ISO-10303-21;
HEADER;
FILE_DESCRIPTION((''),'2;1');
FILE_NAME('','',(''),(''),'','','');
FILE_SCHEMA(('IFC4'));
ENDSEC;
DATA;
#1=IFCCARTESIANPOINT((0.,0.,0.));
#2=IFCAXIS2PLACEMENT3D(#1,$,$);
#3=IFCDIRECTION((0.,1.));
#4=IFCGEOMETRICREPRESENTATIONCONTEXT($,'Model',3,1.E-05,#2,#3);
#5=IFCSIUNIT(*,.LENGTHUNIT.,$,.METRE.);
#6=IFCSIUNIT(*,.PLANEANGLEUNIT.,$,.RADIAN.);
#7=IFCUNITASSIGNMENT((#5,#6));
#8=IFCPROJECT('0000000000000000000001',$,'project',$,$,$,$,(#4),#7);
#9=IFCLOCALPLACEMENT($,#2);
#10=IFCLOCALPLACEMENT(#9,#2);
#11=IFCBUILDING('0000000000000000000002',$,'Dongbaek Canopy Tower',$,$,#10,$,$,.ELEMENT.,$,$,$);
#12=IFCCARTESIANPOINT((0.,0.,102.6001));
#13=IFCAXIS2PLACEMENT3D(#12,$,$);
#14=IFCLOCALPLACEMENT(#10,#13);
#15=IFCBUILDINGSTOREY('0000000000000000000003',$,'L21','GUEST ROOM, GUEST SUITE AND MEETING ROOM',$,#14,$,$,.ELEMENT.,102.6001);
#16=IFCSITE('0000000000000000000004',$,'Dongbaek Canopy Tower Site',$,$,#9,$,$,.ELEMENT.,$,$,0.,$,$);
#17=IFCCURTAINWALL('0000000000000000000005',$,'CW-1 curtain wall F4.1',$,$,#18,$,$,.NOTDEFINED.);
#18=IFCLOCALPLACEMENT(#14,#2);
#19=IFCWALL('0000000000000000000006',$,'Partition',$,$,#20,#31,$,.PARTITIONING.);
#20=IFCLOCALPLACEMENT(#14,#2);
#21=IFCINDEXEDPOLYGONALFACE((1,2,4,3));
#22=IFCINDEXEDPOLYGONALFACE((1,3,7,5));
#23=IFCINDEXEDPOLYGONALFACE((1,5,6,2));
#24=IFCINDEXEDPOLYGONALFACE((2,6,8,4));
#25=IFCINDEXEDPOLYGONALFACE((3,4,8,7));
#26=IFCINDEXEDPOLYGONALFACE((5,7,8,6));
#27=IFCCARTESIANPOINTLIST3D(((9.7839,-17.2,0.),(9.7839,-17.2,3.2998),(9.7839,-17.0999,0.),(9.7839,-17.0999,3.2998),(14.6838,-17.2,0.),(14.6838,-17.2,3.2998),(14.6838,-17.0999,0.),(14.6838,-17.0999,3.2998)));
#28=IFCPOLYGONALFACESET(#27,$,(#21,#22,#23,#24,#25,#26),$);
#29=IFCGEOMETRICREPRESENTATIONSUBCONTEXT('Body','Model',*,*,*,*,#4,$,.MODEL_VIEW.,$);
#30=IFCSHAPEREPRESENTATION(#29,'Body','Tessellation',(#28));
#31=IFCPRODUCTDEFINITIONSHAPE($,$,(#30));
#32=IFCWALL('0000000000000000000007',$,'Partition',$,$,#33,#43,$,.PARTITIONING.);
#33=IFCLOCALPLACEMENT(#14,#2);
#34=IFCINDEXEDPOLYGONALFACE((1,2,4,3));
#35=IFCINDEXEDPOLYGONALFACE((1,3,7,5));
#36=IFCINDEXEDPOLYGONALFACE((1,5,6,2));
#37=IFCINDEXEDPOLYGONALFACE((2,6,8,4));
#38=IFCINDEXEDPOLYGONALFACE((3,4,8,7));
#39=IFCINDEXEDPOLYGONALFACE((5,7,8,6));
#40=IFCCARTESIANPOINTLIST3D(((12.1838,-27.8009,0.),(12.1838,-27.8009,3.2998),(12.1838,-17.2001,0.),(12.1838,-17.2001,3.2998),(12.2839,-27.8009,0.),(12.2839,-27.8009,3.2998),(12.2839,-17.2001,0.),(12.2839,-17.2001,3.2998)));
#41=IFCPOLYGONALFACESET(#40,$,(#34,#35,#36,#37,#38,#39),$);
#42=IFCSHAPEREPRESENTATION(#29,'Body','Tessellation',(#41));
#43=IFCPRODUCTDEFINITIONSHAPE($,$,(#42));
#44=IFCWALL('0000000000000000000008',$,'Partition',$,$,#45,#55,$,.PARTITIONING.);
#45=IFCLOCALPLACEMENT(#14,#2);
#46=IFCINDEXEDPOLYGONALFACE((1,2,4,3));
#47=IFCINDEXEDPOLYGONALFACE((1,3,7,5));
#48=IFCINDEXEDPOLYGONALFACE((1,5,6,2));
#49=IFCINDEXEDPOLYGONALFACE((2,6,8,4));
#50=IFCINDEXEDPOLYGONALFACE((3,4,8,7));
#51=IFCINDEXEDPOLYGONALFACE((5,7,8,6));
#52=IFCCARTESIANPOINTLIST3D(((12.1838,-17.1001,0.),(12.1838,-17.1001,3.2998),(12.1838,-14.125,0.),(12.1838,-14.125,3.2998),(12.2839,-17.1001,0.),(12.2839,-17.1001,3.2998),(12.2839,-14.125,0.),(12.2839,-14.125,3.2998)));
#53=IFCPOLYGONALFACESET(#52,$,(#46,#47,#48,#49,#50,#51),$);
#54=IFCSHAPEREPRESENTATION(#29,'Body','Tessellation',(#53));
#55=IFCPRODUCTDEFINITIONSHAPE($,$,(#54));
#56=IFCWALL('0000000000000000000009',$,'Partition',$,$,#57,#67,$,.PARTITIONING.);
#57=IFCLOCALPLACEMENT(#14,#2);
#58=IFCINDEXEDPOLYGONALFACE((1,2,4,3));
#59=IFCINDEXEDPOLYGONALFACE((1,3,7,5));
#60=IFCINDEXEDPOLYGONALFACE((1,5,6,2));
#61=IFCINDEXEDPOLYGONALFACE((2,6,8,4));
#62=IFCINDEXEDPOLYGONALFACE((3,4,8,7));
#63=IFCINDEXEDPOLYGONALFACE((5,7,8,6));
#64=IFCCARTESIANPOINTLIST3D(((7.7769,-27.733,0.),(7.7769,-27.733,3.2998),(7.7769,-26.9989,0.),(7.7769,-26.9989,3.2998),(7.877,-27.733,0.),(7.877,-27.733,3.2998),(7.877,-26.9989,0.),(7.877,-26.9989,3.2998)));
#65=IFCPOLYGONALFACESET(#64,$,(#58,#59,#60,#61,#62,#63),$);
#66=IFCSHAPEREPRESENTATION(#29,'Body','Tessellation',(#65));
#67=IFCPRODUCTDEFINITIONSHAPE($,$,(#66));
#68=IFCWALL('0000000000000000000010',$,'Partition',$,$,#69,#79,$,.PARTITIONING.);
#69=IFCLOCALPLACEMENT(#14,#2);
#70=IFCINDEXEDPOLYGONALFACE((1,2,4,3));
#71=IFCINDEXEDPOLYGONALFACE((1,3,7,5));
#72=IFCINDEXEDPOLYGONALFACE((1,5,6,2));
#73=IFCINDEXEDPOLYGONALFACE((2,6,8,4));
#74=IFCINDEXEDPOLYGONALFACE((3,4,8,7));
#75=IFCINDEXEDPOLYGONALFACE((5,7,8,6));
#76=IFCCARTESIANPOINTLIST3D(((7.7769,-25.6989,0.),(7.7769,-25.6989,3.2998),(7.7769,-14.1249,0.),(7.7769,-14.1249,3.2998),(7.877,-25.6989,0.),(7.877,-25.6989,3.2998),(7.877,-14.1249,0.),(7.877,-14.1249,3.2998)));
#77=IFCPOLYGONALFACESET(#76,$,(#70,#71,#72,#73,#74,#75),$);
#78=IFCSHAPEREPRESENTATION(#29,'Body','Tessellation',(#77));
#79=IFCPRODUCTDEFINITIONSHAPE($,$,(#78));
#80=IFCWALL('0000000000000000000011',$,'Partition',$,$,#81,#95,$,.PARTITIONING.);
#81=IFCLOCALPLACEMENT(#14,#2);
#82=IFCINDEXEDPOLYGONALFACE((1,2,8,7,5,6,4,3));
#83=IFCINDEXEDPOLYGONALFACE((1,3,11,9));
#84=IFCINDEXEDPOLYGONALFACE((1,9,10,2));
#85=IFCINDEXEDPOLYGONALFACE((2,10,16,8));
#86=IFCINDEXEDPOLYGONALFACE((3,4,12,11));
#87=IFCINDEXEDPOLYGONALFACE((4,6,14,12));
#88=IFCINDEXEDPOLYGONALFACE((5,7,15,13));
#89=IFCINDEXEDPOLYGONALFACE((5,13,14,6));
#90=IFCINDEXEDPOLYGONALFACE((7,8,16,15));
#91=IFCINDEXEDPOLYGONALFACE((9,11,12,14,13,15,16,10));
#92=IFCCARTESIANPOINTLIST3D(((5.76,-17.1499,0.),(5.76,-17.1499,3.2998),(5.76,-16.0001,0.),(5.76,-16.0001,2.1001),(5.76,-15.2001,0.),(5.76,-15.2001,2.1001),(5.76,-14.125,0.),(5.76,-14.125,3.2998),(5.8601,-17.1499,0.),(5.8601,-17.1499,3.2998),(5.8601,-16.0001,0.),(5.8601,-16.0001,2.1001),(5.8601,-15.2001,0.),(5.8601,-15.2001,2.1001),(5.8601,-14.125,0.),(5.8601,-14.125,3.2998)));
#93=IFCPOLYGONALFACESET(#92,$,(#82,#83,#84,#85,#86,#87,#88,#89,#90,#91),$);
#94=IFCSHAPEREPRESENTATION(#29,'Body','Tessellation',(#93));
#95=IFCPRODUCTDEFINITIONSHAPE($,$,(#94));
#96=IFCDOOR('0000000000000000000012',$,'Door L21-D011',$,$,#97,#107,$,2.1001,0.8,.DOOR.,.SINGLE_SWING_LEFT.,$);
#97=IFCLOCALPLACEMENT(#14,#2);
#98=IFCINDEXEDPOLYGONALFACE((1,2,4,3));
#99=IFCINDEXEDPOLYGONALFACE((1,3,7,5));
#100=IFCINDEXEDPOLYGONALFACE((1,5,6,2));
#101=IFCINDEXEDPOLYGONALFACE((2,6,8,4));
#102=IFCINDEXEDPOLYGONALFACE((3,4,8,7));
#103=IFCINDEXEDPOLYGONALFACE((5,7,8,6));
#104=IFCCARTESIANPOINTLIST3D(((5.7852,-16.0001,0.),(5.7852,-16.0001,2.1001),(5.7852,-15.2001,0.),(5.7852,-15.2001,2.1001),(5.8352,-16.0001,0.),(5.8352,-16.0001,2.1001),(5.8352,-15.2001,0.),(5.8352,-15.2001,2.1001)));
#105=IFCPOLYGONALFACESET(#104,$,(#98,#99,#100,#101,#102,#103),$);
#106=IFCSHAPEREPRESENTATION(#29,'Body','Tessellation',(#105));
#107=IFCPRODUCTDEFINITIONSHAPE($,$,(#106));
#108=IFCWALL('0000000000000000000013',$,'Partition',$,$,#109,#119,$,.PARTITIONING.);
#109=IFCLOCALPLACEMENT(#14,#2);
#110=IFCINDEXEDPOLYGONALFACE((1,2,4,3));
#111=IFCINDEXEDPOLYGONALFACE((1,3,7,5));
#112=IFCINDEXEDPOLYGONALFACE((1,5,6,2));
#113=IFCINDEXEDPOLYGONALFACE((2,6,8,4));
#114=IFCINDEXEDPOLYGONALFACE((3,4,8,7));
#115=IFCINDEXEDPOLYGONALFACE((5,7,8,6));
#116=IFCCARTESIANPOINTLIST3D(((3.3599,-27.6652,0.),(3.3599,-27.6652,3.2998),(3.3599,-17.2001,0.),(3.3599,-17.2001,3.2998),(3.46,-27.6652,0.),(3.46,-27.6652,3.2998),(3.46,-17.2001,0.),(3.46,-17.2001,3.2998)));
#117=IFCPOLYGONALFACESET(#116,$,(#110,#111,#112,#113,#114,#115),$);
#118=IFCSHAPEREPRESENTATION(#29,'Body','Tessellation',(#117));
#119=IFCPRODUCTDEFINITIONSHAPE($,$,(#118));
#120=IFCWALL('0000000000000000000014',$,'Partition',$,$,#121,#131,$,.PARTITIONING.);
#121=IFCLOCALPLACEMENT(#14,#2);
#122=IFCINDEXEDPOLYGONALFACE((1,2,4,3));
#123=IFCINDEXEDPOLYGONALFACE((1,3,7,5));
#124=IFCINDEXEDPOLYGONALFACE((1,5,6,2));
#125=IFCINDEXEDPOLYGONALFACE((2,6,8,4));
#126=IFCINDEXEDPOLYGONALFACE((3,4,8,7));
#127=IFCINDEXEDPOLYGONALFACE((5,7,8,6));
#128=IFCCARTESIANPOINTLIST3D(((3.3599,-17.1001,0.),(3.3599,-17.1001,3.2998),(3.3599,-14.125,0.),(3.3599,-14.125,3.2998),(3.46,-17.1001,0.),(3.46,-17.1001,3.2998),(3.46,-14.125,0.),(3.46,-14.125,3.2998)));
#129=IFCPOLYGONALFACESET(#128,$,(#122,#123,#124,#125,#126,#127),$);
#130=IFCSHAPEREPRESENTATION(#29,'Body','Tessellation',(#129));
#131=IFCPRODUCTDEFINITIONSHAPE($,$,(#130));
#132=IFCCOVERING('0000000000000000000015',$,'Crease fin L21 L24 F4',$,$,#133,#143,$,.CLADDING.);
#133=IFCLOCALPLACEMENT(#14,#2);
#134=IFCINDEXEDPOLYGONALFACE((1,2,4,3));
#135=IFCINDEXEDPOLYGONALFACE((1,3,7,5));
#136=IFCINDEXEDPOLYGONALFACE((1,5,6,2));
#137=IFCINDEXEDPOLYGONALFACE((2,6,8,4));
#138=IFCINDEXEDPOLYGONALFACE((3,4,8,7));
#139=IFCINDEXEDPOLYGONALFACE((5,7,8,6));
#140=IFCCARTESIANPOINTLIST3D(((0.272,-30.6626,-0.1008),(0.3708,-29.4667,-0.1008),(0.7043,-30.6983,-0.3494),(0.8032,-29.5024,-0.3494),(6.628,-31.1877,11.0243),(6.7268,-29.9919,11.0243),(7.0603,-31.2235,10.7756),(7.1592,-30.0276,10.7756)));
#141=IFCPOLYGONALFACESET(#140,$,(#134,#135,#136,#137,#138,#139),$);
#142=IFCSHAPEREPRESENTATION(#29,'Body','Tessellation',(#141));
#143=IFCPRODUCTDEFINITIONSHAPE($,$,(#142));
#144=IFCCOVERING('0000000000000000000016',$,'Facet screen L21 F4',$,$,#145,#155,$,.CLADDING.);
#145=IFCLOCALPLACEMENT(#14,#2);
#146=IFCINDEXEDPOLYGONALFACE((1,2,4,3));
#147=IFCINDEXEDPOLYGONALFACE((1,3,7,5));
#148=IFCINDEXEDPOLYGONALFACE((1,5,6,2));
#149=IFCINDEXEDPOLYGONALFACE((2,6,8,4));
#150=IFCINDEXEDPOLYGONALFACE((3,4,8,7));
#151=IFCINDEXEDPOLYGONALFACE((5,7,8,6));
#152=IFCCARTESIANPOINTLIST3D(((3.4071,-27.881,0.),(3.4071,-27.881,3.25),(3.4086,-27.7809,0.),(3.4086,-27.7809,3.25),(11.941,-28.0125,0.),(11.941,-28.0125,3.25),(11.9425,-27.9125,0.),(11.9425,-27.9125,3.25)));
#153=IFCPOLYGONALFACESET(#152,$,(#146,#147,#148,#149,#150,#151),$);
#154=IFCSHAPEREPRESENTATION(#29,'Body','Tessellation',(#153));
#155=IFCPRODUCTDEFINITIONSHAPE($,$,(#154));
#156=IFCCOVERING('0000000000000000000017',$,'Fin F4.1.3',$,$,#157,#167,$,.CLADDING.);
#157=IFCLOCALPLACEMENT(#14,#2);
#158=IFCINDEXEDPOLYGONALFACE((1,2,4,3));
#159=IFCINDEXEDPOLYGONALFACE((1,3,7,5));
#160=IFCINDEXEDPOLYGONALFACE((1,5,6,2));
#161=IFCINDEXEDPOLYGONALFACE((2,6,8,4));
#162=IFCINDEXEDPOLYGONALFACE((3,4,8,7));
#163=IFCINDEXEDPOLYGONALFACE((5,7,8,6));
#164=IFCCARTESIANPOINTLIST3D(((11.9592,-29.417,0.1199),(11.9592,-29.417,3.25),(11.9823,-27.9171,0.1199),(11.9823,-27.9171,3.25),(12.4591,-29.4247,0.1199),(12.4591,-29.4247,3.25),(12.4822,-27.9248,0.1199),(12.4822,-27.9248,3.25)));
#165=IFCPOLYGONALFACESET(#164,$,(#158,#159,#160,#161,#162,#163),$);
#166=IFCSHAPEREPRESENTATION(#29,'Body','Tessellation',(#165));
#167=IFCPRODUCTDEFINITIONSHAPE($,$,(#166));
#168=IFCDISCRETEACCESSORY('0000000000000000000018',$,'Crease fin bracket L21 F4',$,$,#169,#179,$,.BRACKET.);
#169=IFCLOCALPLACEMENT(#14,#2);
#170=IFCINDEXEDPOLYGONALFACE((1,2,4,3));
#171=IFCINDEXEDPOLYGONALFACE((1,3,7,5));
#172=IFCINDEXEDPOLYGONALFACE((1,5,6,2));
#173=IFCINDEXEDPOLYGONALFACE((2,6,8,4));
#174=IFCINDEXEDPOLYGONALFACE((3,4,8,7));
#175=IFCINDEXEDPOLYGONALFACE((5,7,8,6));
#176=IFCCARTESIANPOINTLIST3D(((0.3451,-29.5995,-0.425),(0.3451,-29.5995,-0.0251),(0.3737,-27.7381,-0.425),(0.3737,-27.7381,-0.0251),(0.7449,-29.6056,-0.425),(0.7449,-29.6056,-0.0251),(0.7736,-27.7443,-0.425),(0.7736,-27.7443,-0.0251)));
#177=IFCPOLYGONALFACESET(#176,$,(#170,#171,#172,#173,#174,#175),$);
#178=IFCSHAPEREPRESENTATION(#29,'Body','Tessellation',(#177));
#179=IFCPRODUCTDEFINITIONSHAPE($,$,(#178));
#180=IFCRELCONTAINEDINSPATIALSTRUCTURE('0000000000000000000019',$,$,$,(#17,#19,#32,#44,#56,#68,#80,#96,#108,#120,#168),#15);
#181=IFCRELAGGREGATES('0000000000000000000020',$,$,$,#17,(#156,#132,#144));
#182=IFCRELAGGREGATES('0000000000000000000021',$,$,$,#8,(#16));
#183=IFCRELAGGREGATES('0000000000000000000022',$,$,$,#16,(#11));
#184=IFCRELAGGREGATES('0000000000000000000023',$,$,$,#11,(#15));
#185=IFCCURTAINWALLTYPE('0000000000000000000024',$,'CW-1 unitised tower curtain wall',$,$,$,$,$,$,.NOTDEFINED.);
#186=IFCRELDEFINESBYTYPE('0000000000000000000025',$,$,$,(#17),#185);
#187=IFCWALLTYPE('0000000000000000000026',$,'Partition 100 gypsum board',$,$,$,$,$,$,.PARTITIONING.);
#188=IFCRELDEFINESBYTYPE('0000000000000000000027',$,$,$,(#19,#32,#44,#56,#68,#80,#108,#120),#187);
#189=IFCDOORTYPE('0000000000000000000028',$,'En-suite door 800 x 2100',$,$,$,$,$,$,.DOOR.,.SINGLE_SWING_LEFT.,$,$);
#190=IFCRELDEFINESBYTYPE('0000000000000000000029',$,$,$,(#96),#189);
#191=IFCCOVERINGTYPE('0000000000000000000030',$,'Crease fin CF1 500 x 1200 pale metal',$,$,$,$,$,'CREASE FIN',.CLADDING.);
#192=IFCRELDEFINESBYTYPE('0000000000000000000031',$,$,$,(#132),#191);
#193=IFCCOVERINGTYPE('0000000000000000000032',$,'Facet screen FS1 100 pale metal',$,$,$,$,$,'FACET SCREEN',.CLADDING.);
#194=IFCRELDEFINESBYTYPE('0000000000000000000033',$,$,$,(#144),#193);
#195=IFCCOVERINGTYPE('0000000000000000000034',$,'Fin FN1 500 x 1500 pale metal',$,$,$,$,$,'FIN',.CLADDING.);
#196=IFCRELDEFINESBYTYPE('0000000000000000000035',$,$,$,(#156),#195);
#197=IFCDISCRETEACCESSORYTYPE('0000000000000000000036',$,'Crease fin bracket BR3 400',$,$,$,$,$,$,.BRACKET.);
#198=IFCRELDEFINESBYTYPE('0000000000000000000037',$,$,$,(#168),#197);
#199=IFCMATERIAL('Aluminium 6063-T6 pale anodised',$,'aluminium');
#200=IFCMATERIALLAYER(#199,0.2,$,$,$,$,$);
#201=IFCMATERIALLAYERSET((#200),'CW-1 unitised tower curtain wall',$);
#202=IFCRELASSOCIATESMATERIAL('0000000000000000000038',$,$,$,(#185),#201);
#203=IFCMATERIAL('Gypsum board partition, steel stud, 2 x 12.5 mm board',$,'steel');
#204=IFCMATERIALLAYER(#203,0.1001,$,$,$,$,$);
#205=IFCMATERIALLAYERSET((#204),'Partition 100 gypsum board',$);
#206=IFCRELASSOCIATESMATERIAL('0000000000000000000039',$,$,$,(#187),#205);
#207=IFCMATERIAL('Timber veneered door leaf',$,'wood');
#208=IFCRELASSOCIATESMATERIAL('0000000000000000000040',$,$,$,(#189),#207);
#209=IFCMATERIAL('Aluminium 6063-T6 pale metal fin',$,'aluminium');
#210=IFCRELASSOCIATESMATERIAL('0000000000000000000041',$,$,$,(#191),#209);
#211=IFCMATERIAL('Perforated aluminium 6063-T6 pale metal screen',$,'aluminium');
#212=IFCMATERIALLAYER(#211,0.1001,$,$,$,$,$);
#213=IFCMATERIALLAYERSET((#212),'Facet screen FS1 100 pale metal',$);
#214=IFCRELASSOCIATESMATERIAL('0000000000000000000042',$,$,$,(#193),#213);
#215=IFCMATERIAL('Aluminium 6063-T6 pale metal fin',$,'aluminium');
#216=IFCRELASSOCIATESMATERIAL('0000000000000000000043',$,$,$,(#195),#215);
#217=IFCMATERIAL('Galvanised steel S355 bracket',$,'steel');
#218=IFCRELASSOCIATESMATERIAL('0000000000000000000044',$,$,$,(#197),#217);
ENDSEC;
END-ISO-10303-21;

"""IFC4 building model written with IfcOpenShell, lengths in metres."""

from ifc_helpers import new_model, si_unit, direction, frame, frame_2d, origin, origin_2d, place, context, subcontext, project, spatial, rectangle, extrude, material, layer, layer_set, material_profile, profile_set, type_object, element, fill, aggregate, save


model = new_model("IFC4")

# Units and contexts
model_context = context("Model", 3, precision=1e-05, world=origin(), true_north=direction((0.0, 1.0)))
body_context = subcontext(model_context, "Body", "Model", "MODEL_VIEW")
ifc_project = project(units=[si_unit("LENGTHUNIT", "METRE"), si_unit("PLANEANGLEUNIT", "RADIAN")], contexts=[model_context])

# Site, building, storey
site_placement = place(None, origin())
site = spatial("IfcSite", under=ifc_project, at=site_placement, Name="Dongbaek Canopy Tower Site", CompositionType="ELEMENT", RefElevation=0.0)
building_placement = place(site_placement, origin())
building = spatial("IfcBuilding", under=site, at=building_placement, Name="Dongbaek Canopy Tower", CompositionType="ELEMENT")
storey_placement = place(building_placement, frame((0.0, 0.0, 102.6001)))
storey = spatial("IfcBuildingStorey", under=building, at=storey_placement, Name="L21", Description="GUEST ROOM, GUEST SUITE AND MEETING ROOM", CompositionType="ELEMENT", Elevation=102.6001)

# Curtain wall
ifc_material_1 = material(Name="Aluminium 6063-T6 pale anodised", Category="aluminium")
ifc_layer_1 = layer(ifc_material_1, 0.2)
ifc_layer_set_1 = layer_set([ifc_layer_1], Name="CW-1 unitised tower curtain wall")
curtain_wall_type = type_object("IfcCurtainWallType", Name="CW-1 unitised tower curtain wall", PredefinedType="NOTDEFINED", material=ifc_layer_set_1)
curtain_wall_1_placement = place(storey_placement, origin())
curtain_wall_1 = element("IfcCurtainWall", 1, at=curtain_wall_1_placement, inside=storey, type_object=curtain_wall_type, Name="CW-1 curtain wall F4.1", PredefinedType="NOTDEFINED")

# Walls
ifc_material_2 = material(Name="Gypsum board partition, steel stud, 2 x 12.5 mm board", Category="steel")
ifc_layer_2 = layer(ifc_material_2, 0.1001)
ifc_layer_set_2 = layer_set([ifc_layer_2], Name="Partition 100 gypsum board")
wall_type = type_object("IfcWallType", Name="Partition 100 gypsum board", PredefinedType="PARTITIONING", material=ifc_layer_set_2)
for number, where, z_axis, x_axis, name in (
    (2, (9.7839, -17.1499, 0.0), (0.0, 0.0, 1.0), (1.0, 0.0, 0.0), "Partition"),
):
    element("IfcWall", number, at=place(storey_placement, frame(where, z_axis=z_axis, x_axis=x_axis)), inside=storey, type_object=wall_type, Name=name, PredefinedType="PARTITIONING", context=body_context, shape_type="SweptSolid", body=[
        extrude(rectangle(XDim=4.8999, YDim=0.1001, at=frame_2d((2.45, 0.0))), origin(), (0.0, 0.0, 1.0), 3.2998),
    ])
wall_1_placement = place(storey_placement, frame((12.2339, -27.8008, 0.0), z_axis=(0.0, 0.0, 1.0), x_axis=(0.0, 1.0, 0.0)))
element("IfcWall", 3, at=wall_1_placement, inside=storey, type_object=wall_type, Name="Partition", PredefinedType="PARTITIONING", context=body_context, shape_type="SweptSolid", body=[
    extrude(rectangle(XDim=10.6008, YDim=0.1001, at=frame_2d((5.3003, 0.0))), origin(), (0.0, 0.0, 1.0), 3.2998),
])
wall_2_placement = place(storey_placement, frame((12.2339, -17.1001, 0.0), z_axis=(0.0, 0.0, 1.0), x_axis=(0.0, 1.0, 0.0)))
element("IfcWall", 4, at=wall_2_placement, inside=storey, type_object=wall_type, Name="Partition", PredefinedType="PARTITIONING", context=body_context, shape_type="SweptSolid", body=[
    extrude(rectangle(XDim=2.9751, YDim=0.1001, at=frame_2d((1.4875, 0.0))), origin(), (0.0, 0.0, 1.0), 3.2998),
])
wall_3_placement = place(storey_placement, frame((7.8269, -27.7332, 0.0), z_axis=(0.0, 0.0, 1.0), x_axis=(0.0, 1.0, 0.0)))
element("IfcWall", 5, at=wall_3_placement, inside=storey, type_object=wall_type, Name="Partition", PredefinedType="PARTITIONING", context=body_context, shape_type="SweptSolid", body=[
    extrude(rectangle(XDim=0.7341, YDim=0.1001, at=frame_2d((0.3672, 0.0))), origin(), (0.0, 0.0, 1.0), 3.2998),
])
wall_4_placement = place(storey_placement, frame((7.8269, -25.699, 0.0), z_axis=(0.0, 0.0, 1.0), x_axis=(0.0, 1.0, 0.0)))
element("IfcWall", 6, at=wall_4_placement, inside=storey, type_object=wall_type, Name="Partition", PredefinedType="PARTITIONING", context=body_context, shape_type="SweptSolid", body=[
    extrude(rectangle(XDim=11.574, YDim=0.1001, at=frame_2d((5.7871, 0.0))), origin(), (0.0, 0.0, 1.0), 3.2998),
])

# Wall, opening, door
wall_5_placement = place(storey_placement, frame((5.8101, -17.1499, 0.0), z_axis=(0.0, 0.0, 1.0), x_axis=(0.0, 1.0, 0.0)))
wall_5 = element("IfcWall", 7, at=wall_5_placement, inside=storey, type_object=wall_type, Name="Partition", PredefinedType="PARTITIONING", context=body_context, shape_type="SweptSolid", body=[
    extrude(rectangle(XDim=3.0249, YDim=0.1001, at=frame_2d((1.5125, 0.0))), origin(), (0.0, 0.0, 1.0), 3.2998),
])
opening_placement = place(wall_5_placement, frame((1.1499, 0.0, 0.0)))
opening = element("IfcOpeningElement", 8, at=opening_placement, cuts=wall_5, PredefinedType="OPENING", context=body_context, shape_type="SweptSolid", body=[
    extrude(rectangle(XDim=0.8, YDim=2.1001, at=frame_2d((0.3999, 1.05))), frame((0.0, 0.0601, 0.0), z_axis=(0.0, -1.0, 0.0), x_axis=(1.0, 0.0, 0.0)), (0.0, 0.0, 1.0), 0.1201),
])
ifc_material_3 = material(Name="Timber veneered door leaf", Category="wood")
door_type = type_object("IfcDoorType", Name="En-suite door 800 x 2100", OperationType="SINGLE_SWING_LEFT", PredefinedType="DOOR", material=ifc_material_3)
door_placement = place(opening_placement, origin())
door = element("IfcDoor", 9, at=door_placement, inside=storey, type_object=door_type, Name="Door L21-D011", OperationType="SINGLE_SWING_LEFT", OverallHeight=2.1001, OverallWidth=0.8, PredefinedType="DOOR", context=body_context, shape_type="SweptSolid", body=[
    extrude(rectangle(XDim=0.8, YDim=2.1001, at=frame_2d((0.3999, 1.05))), frame((0.0, 0.0249, 0.0), z_axis=(0.0, -1.0, 0.0), x_axis=(1.0, 0.0, 0.0)), (0.0, 0.0, 1.0), 0.05),
])
fill(opening, door)

# Walls
wall_6_placement = place(storey_placement, frame((3.4099, -27.665, 0.0), z_axis=(0.0, 0.0, 1.0), x_axis=(0.0, 1.0, 0.0)))
element("IfcWall", 10, at=wall_6_placement, inside=storey, type_object=wall_type, Name="Partition", PredefinedType="PARTITIONING", context=body_context, shape_type="SweptSolid", body=[
    extrude(rectangle(XDim=10.4651, YDim=0.1001, at=frame_2d((5.2324, 0.0))), origin(), (0.0, 0.0, 1.0), 3.2998),
])
wall_7_placement = place(storey_placement, frame((3.4099, -17.1001, 0.0), z_axis=(0.0, 0.0, 1.0), x_axis=(0.0, 1.0, 0.0)))
element("IfcWall", 11, at=wall_7_placement, inside=storey, type_object=wall_type, Name="Partition", PredefinedType="PARTITIONING", context=body_context, shape_type="SweptSolid", body=[
    extrude(rectangle(XDim=2.9751, YDim=0.1001, at=frame_2d((1.4875, 0.0))), origin(), (0.0, 0.0, 1.0), 3.2998),
])

# Coverings
ifc_material_4 = material(Name="Aluminium 6063-T6 pale metal fin", Category="aluminium")
ifc_material_profile_1 = material_profile(ifc_material_4, rectangle(XDim=1.2, YDim=0.5, at=origin_2d()), Name="Crease fin CF1 500 x 1200 pale metal")
ifc_profile_set_1 = profile_set([ifc_material_profile_1], Name="Aluminium 6063-T6 pale metal fin")
covering_type_1 = type_object("IfcCoveringType", Name="Crease fin CF1 500 x 1200 pale metal", ElementType="CREASE FIN", PredefinedType="CLADDING", material=ifc_profile_set_1)
covering_1_placement = place(storey_placement, frame((0.5376, -30.0825, -0.2251), z_axis=(0.495653, -0.040952, 0.867555), x_axis=(0.082342, 0.996604, 0.0)))
covering_1 = element("IfcCovering", 12, at=covering_1_placement, type_object=covering_type_1, Name="Crease fin L21 L24 F4", PredefinedType="CLADDING", context=body_context, shape_type="SweptSolid", body=[
    extrude(rectangle(XDim=1.2, YDim=0.5, at=origin_2d()), origin(), (0.0, 0.0, 1.0), 12.8235),
])
ifc_material_5 = material(Name="Perforated aluminium 6063-T6 pale metal screen", Category="aluminium")
ifc_layer_3 = layer(ifc_material_5, 0.1001)
ifc_layer_set_3 = layer_set([ifc_layer_3], Name="Facet screen FS1 100 pale metal")
covering_type_2 = type_object("IfcCoveringType", Name="Facet screen FS1 100 pale metal", ElementType="FACET SCREEN", PredefinedType="CLADDING", material=ifc_layer_set_3)
covering_2_placement = place(storey_placement, frame((7.6748, -27.8967, 0.0), z_axis=(0.0, 0.0, 1.0), x_axis=(0.999881, -0.015412, 0.0)))
covering_2 = element("IfcCovering", 13, at=covering_2_placement, type_object=covering_type_2, Name="Facet screen L21 F4", PredefinedType="CLADDING", context=body_context, shape_type="SweptSolid", body=[
    extrude(rectangle(XDim=8.5349, YDim=0.1001, at=origin_2d()), origin(), (0.0, 0.0, 1.0), 3.25),
])
ifc_material_6 = material(Name="Aluminium 6063-T6 pale metal fin", Category="aluminium")
ifc_material_profile_2 = material_profile(ifc_material_6, rectangle(XDim=1.5, YDim=0.5, at=origin_2d()), Name="Fin FN1 500 x 1500 pale metal")
ifc_profile_set_2 = profile_set([ifc_material_profile_2], Name="Aluminium 6063-T6 pale metal fin")
covering_type_3 = type_object("IfcCoveringType", Name="Fin FN1 500 x 1500 pale metal", ElementType="FIN", PredefinedType="CLADDING", material=ifc_profile_set_2)
covering_3_placement = place(storey_placement, frame((12.2207, -28.6709, 0.1199), z_axis=(0.0, 0.0, 1.0), x_axis=(-0.015413, -0.999881, 0.0)))
covering_3 = element("IfcCovering", 14, at=covering_3_placement, type_object=covering_type_3, Name="Fin F4.1.3", PredefinedType="CLADDING", context=body_context, shape_type="SweptSolid", body=[
    extrude(rectangle(XDim=1.5, YDim=0.5, at=origin_2d()), origin(), (0.0, 0.0, 1.0), 3.1301),
])
aggregate(curtain_wall_1, [covering_3, covering_1, covering_2])

# Discrete accessory
ifc_material_7 = material(Name="Galvanised steel S355 bracket", Category="steel")
discrete_accessory_type = type_object("IfcDiscreteAccessoryType", Name="Crease fin bracket BR3 400", PredefinedType="BRACKET", material=ifc_material_7)
discrete_accessory_placement = place(storey_placement, frame((0.5593, -28.6719, -0.425), z_axis=(0.0, 0.0, 1.0), x_axis=(-0.015412, -0.999881, 0.0)))
element("IfcDiscreteAccessory", 15, at=discrete_accessory_placement, inside=storey, type_object=discrete_accessory_type, Name="Crease fin bracket L21 F4", PredefinedType="BRACKET", context=body_context, shape_type="SweptSolid", body=[
    extrude(rectangle(XDim=1.8616, YDim=0.3999, at=origin_2d()), origin(), (0.0, 0.0, 1.0), 0.3999),
])

save(model, "model.ifc")
